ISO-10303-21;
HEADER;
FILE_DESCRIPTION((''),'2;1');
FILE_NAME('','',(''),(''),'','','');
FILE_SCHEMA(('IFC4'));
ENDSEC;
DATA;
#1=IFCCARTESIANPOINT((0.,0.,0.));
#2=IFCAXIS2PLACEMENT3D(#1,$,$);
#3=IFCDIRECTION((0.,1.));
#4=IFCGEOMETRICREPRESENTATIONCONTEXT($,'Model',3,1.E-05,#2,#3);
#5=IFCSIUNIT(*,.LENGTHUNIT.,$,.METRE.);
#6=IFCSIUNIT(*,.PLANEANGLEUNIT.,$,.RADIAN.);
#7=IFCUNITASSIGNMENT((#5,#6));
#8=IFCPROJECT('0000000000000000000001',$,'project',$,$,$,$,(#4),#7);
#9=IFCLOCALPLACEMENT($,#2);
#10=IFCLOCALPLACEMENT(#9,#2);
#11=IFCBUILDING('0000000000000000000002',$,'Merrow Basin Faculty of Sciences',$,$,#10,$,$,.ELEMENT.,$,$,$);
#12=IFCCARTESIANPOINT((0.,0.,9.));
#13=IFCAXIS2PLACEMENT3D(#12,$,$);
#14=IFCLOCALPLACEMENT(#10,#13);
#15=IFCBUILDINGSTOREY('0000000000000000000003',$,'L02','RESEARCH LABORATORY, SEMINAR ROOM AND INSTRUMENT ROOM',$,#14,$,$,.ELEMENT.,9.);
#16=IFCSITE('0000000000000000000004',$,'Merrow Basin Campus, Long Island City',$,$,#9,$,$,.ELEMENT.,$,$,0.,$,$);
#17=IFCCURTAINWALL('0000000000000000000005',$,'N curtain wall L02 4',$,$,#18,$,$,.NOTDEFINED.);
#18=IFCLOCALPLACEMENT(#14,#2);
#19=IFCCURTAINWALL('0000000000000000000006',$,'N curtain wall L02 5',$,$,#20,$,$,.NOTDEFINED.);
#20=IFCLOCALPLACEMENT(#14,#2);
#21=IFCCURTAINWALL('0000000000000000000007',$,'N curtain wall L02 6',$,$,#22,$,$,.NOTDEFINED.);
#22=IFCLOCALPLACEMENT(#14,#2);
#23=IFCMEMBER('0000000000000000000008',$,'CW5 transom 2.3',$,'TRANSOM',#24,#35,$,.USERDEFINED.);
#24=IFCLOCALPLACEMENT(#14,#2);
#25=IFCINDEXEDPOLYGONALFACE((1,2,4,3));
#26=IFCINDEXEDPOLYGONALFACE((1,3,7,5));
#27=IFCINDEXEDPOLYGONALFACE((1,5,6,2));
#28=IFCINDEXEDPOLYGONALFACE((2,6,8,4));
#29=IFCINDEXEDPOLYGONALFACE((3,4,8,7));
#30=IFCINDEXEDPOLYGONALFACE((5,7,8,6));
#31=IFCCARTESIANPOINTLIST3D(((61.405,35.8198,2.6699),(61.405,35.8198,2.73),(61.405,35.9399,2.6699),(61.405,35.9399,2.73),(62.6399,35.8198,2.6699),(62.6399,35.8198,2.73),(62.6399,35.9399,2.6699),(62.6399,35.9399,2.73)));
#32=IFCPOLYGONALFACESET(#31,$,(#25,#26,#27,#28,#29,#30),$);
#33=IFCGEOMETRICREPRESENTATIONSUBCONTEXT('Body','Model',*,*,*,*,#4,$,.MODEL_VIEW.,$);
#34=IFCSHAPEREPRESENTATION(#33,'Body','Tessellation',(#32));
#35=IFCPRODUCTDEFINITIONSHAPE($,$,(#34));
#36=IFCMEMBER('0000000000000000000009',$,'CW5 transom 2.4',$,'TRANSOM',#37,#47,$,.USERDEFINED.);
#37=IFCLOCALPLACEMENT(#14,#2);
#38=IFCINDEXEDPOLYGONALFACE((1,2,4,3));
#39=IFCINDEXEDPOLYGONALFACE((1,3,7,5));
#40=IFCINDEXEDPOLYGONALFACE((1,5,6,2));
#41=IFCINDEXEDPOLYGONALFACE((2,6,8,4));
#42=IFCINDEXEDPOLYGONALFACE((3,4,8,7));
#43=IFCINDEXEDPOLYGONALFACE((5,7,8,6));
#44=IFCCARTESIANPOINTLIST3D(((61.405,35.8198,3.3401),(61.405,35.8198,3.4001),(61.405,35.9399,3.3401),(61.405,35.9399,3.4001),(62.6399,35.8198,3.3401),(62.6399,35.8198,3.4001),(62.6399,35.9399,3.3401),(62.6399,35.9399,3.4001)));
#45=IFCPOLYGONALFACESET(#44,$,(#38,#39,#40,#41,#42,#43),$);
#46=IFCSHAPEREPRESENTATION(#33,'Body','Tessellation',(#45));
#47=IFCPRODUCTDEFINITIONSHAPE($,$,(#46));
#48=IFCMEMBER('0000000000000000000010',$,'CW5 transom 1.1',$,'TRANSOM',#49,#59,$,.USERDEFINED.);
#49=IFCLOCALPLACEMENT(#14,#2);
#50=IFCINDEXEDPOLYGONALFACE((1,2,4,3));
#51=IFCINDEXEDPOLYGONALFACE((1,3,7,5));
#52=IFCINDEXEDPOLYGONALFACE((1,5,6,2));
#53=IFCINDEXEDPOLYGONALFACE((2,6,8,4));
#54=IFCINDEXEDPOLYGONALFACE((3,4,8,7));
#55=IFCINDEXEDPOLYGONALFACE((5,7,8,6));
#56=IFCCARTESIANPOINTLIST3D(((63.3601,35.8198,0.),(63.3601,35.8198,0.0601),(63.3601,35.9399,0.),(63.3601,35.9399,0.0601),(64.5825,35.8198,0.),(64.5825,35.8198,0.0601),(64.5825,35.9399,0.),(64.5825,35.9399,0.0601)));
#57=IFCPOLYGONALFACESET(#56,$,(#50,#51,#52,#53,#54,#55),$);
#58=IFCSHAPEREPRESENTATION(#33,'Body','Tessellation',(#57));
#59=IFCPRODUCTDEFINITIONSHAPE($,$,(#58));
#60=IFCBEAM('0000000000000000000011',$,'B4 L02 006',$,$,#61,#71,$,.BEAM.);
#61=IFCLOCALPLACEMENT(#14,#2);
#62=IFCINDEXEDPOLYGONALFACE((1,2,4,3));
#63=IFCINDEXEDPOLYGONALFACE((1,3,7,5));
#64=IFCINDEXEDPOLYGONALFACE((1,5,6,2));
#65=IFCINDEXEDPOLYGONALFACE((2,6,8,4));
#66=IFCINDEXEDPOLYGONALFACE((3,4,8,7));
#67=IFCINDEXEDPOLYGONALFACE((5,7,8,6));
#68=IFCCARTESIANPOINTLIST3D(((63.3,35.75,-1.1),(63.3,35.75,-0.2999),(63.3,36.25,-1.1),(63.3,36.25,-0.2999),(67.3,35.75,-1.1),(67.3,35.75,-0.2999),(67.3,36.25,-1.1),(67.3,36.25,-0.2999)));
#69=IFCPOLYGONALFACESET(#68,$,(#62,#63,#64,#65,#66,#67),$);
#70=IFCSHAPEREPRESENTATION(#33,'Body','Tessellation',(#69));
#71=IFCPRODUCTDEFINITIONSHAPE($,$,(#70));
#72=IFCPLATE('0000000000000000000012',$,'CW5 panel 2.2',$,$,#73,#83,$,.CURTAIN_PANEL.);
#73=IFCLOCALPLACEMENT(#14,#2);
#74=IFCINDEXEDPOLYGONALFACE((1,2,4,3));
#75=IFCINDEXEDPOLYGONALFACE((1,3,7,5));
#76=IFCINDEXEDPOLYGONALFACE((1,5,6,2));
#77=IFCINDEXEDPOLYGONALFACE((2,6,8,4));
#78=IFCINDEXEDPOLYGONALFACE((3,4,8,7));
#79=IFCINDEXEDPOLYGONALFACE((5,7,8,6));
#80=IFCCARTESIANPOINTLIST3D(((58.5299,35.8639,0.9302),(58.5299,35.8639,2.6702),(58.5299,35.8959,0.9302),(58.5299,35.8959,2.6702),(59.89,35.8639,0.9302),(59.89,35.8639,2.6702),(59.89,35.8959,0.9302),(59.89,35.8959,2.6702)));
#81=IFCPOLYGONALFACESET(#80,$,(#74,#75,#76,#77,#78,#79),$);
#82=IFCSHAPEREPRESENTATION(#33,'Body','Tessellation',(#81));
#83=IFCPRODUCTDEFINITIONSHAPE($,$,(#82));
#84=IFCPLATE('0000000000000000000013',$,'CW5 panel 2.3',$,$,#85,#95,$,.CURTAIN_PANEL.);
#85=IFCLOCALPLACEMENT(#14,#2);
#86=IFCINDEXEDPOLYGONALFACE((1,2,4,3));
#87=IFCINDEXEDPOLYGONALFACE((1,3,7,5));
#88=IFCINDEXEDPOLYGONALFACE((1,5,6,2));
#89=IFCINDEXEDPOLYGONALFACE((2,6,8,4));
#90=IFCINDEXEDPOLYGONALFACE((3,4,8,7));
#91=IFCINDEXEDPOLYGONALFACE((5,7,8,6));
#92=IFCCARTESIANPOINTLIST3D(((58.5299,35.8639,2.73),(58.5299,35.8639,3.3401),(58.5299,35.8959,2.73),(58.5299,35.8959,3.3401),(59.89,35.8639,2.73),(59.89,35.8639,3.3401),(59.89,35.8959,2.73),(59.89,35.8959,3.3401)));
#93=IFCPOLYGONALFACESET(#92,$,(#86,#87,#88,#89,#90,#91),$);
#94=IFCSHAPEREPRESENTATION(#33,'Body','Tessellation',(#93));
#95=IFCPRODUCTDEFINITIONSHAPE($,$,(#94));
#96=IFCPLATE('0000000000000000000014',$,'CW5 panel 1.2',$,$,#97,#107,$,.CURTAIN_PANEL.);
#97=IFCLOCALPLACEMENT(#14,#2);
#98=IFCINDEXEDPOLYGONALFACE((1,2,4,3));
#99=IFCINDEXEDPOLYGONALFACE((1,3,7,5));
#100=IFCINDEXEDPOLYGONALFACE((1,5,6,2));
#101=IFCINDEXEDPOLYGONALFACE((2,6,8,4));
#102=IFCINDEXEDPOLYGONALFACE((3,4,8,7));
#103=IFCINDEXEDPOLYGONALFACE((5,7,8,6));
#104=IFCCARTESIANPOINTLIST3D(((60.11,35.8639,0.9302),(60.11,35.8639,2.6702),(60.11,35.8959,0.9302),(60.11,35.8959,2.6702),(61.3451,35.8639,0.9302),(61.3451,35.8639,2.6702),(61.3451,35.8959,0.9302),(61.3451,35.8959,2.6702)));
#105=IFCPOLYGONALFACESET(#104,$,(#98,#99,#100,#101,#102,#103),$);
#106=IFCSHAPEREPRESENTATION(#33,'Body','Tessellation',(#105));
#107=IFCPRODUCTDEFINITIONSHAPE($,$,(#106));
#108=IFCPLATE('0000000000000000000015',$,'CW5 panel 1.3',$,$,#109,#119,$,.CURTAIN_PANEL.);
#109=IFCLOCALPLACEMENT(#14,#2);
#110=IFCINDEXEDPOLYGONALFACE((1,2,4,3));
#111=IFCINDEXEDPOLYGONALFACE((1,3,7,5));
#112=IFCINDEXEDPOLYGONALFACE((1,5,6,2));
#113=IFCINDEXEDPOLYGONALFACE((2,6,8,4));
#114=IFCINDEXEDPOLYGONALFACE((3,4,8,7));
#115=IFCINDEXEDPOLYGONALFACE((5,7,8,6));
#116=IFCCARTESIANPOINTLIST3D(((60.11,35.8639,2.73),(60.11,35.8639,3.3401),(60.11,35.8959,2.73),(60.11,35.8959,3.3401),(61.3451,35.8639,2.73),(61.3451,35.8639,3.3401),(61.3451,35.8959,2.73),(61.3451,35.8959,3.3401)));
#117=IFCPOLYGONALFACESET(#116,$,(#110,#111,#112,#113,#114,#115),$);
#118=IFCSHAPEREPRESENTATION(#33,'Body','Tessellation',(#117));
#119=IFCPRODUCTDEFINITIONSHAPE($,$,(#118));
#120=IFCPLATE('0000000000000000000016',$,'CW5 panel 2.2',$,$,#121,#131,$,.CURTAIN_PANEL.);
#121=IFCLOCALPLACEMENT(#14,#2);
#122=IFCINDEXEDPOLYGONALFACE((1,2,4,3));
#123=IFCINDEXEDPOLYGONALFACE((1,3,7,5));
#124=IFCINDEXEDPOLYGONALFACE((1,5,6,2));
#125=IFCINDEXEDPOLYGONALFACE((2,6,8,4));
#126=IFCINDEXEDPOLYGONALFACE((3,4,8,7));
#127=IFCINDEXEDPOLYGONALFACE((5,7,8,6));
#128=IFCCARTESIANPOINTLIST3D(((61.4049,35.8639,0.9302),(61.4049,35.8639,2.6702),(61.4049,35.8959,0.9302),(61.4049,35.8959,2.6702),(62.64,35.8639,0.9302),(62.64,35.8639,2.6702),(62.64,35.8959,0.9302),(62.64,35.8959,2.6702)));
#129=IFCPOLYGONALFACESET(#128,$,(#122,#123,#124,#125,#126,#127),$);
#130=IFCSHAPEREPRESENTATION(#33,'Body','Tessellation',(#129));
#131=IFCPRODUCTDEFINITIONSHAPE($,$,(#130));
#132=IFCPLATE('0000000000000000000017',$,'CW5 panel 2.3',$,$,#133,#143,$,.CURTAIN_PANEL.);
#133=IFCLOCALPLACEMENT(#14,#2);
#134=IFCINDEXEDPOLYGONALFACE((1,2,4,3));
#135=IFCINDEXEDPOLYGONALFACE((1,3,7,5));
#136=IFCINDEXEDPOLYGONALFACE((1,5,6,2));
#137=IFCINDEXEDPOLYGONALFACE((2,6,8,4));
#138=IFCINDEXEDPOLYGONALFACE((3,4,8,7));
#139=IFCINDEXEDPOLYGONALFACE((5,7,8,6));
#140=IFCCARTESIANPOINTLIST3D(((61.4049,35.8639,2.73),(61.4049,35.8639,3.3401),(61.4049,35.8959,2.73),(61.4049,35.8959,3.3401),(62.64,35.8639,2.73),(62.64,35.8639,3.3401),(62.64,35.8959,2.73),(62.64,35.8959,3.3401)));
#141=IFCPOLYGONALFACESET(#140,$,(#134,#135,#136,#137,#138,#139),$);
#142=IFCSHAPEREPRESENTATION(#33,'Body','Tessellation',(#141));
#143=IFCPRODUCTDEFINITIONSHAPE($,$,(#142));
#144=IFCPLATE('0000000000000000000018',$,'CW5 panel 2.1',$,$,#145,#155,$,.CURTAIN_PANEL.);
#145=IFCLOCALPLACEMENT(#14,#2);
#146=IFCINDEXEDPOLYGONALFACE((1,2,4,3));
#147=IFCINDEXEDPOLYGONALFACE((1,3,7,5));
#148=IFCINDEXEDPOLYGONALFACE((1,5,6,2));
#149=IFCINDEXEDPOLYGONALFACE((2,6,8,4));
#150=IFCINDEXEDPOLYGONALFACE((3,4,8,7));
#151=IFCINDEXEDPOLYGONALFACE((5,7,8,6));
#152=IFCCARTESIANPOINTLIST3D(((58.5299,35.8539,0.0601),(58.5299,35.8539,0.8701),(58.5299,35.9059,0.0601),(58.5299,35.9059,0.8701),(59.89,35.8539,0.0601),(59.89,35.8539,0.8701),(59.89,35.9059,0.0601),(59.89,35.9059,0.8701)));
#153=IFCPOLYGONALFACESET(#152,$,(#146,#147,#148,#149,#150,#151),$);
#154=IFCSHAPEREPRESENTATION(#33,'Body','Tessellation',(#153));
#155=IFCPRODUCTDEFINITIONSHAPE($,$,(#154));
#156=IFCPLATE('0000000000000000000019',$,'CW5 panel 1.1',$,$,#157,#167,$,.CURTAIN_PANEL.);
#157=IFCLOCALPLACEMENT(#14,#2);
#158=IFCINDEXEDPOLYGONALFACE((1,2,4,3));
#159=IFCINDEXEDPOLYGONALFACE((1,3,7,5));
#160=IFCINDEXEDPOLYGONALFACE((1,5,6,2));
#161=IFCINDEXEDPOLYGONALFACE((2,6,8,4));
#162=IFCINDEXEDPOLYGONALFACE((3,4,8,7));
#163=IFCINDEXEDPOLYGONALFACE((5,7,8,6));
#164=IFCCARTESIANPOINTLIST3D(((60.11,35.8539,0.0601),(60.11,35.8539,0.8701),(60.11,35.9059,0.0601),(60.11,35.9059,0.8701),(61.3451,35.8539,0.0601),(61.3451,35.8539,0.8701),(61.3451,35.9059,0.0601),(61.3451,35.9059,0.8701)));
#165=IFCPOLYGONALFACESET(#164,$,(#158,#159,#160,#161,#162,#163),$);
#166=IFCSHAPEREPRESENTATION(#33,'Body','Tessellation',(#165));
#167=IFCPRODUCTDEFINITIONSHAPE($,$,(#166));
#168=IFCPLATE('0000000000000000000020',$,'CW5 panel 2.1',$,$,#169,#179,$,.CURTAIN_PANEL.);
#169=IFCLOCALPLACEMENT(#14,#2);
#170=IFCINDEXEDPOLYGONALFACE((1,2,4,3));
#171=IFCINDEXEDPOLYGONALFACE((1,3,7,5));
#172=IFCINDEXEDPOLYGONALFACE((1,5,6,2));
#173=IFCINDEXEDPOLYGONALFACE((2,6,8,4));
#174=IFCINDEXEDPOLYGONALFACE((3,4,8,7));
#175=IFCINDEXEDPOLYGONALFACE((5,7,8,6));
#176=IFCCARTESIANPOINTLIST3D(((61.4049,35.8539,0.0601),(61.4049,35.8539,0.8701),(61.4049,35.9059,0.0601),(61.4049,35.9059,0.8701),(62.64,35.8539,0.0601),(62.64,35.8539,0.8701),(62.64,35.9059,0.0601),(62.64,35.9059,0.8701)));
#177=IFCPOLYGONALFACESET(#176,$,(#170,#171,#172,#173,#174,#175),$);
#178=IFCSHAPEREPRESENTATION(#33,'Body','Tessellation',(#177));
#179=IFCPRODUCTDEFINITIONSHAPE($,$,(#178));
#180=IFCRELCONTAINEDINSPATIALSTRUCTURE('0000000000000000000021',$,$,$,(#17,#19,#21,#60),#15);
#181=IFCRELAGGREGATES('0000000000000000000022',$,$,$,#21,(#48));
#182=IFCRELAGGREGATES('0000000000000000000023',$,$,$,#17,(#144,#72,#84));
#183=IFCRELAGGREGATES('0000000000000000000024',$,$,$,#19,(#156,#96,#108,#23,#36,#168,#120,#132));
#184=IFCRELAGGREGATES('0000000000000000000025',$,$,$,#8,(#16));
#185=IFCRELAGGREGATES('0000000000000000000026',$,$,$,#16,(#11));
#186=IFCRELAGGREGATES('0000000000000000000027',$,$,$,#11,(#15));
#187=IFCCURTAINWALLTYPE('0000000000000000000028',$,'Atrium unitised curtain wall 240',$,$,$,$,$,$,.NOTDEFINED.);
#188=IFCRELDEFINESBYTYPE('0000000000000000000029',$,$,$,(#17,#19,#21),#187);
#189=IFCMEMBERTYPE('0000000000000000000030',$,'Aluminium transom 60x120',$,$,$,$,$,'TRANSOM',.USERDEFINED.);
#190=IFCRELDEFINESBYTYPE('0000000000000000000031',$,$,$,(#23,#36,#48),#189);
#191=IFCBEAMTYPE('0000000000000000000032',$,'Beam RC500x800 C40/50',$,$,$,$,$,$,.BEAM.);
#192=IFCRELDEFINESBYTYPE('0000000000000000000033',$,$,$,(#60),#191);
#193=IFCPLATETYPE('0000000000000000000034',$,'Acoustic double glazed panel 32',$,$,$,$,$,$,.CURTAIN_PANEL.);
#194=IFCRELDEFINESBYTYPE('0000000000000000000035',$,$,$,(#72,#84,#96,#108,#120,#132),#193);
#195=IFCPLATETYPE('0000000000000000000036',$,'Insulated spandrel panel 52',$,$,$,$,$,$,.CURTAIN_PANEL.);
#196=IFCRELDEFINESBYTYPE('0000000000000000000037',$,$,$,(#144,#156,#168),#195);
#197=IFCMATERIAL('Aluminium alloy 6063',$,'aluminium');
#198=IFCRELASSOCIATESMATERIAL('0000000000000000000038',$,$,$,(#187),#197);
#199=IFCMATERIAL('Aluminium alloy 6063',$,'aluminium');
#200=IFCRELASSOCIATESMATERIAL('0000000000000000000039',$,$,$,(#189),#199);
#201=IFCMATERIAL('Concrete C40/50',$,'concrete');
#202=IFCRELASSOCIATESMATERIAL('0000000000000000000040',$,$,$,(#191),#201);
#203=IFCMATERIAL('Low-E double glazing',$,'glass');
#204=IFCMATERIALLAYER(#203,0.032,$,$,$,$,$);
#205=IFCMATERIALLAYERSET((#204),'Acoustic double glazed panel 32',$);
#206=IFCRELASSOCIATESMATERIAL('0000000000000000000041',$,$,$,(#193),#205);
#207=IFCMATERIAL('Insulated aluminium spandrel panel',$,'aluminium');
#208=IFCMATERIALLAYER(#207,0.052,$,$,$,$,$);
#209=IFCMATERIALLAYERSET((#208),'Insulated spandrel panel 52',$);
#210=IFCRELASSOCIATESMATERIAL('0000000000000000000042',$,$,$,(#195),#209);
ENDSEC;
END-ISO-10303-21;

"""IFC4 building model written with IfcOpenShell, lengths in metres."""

from ifc_helpers import new_model, si_unit, direction, frame, origin, origin_2d, place, context, subcontext, project, spatial, rectangle, extrude, material, layer, layer_set, material_profile, profile_set, type_object, element, aggregate, save


model = new_model("IFC4")

# Units and contexts
model_context = context("Model", 3, precision=1e-05, world=origin(), true_north=direction((0.0, 1.0)))
body_context = subcontext(model_context, "Body", "Model", "MODEL_VIEW")
ifc_project = project(units=[si_unit("LENGTHUNIT", "METRE"), si_unit("PLANEANGLEUNIT", "RADIAN")], contexts=[model_context])

# Site, building, storey
site_placement = place(None, origin())
site = spatial("IfcSite", under=ifc_project, at=site_placement, Name="Merrow Basin Campus, Long Island City", CompositionType="ELEMENT", RefElevation=0.0)
building_placement = place(site_placement, origin())
building = spatial("IfcBuilding", under=site, at=building_placement, Name="Merrow Basin Faculty of Sciences", CompositionType="ELEMENT")
storey_placement = place(building_placement, frame((0.0, 0.0, 9.0)))
storey = spatial("IfcBuildingStorey", under=building, at=storey_placement, Name="L02", Description="RESEARCH LABORATORY, SEMINAR ROOM AND INSTRUMENT ROOM", CompositionType="ELEMENT", Elevation=9.0)

# Curtain wall
ifc_material_1 = material(Name="Aluminium alloy 6063", Category="aluminium")
curtain_wall_type = type_object("IfcCurtainWallType", Name="Atrium unitised curtain wall 240", PredefinedType="NOTDEFINED", material=ifc_material_1)
curtain_wall_1_placement = place(storey_placement, origin())
curtain_wall_1 = element("IfcCurtainWall", 1, at=curtain_wall_1_placement, inside=storey, type_object=curtain_wall_type, Name="N curtain wall L02 4", PredefinedType="NOTDEFINED")

# Curtain wall
curtain_wall_2_placement = place(storey_placement, origin())
curtain_wall_2 = element("IfcCurtainWall", 2, at=curtain_wall_2_placement, inside=storey, type_object=curtain_wall_type, Name="N curtain wall L02 5", PredefinedType="NOTDEFINED")

# Curtain wall
curtain_wall_3_placement = place(storey_placement, origin())
curtain_wall_3 = element("IfcCurtainWall", 3, at=curtain_wall_3_placement, inside=storey, type_object=curtain_wall_type, Name="N curtain wall L02 6", PredefinedType="NOTDEFINED")

# Members
ifc_material_2 = material(Name="Aluminium alloy 6063", Category="aluminium")
ifc_material_profile_1 = material_profile(ifc_material_2, rectangle(XDim=0.1201, YDim=0.0601, at=origin_2d()))
ifc_profile_set_1 = profile_set([ifc_material_profile_1], Name="Aluminium alloy 6063")
member_type_1 = type_object("IfcMemberType", Name="Aluminium transom 60x120", ElementType="TRANSOM", PredefinedType="USERDEFINED", material=ifc_profile_set_1)
member_1_placement = place(storey_placement, frame((61.405, 35.8799, 2.7), z_axis=(1.0, 0.0, 0.0), x_axis=(0.0, 1.0, 0.0)))
member_1 = element("IfcMember", 4, at=member_1_placement, type_object=member_type_1, Name="CW5 transom 2.3", ObjectType="TRANSOM", PredefinedType="USERDEFINED", context=body_context, shape_type="SweptSolid", body=[
    extrude(rectangle(XDim=0.1201, YDim=0.0601, at=origin_2d()), origin(), (0.0, 0.0, 1.0), 1.2349),
])
member_2_placement = place(storey_placement, frame((61.405, 35.8799, 3.3701), z_axis=(1.0, 0.0, 0.0), x_axis=(0.0, 1.0, 0.0)))
member_2 = element("IfcMember", 5, at=member_2_placement, type_object=member_type_1, Name="CW5 transom 2.4", ObjectType="TRANSOM", PredefinedType="USERDEFINED", context=body_context, shape_type="SweptSolid", body=[
    extrude(rectangle(XDim=0.1201, YDim=0.0601, at=origin_2d()), origin(), (0.0, 0.0, 1.0), 1.2349),
])
member_3_placement = place(storey_placement, frame((63.3601, 35.8799, 0.03), z_axis=(1.0, 0.0, 0.0), x_axis=(0.0, 1.0, 0.0)))
member_3 = element("IfcMember", 6, at=member_3_placement, type_object=member_type_1, Name="CW5 transom 1.1", ObjectType="TRANSOM", PredefinedType="USERDEFINED", context=body_context, shape_type="SweptSolid", body=[
    extrude(rectangle(XDim=0.1201, YDim=0.0601, at=origin_2d()), origin(), (0.0, 0.0, 1.0), 1.2224),
])
aggregate(curtain_wall_3, [member_3])

# Beam
ifc_material_3 = material(Name="Concrete C40/50", Category="concrete")
ifc_material_profile_2 = material_profile(ifc_material_3, rectangle(XDim=0.5, YDim=0.8, at=origin_2d()))
ifc_profile_set_2 = profile_set([ifc_material_profile_2], Name="Concrete C40/50")
beam_type = type_object("IfcBeamType", Name="Beam RC500x800 C40/50", PredefinedType="BEAM", material=ifc_profile_set_2)
beam_placement = place(storey_placement, frame((63.3, 36.0, -0.7), z_axis=(1.0, 0.0, 0.0), x_axis=(0.0, 1.0, 0.0)))
element("IfcBeam", 7, at=beam_placement, inside=storey, type_object=beam_type, Name="B4 L02 006", PredefinedType="BEAM", context=body_context, shape_type="SweptSolid", body=[
    extrude(rectangle(XDim=0.5, YDim=0.8, at=origin_2d()), origin(), (0.0, 0.0, 1.0), 4.0),
])

# Plates
ifc_material_4 = material(Name="Low-E double glazing", Category="glass")
ifc_layer_1 = layer(ifc_material_4, 0.032)
ifc_layer_set_1 = layer_set([ifc_layer_1], Name="Acoustic double glazed panel 32")
plate_type_1 = type_object("IfcPlateType", Name="Acoustic double glazed panel 32", PredefinedType="CURTAIN_PANEL", material=ifc_layer_set_1)
plate_1_placement = place(storey_placement, frame((59.21, 35.8799, 0.9302), z_axis=(0.0, 0.0, 1.0), x_axis=(1.0, 0.0, 0.0)))
plate_1 = element("IfcPlate", 8, at=plate_1_placement, type_object=plate_type_1, Name="CW5 panel 2.2", PredefinedType="CURTAIN_PANEL", context=body_context, shape_type="SweptSolid", body=[
    extrude(rectangle(XDim=1.3601, YDim=0.032, at=origin_2d()), origin(), (0.0, 0.0, 1.0), 1.74),
])
plate_2_placement = place(storey_placement, frame((59.21, 35.8799, 2.73), z_axis=(0.0, 0.0, 1.0), x_axis=(1.0, 0.0, 0.0)))
plate_2 = element("IfcPlate", 9, at=plate_2_placement, type_object=plate_type_1, Name="CW5 panel 2.3", PredefinedType="CURTAIN_PANEL", context=body_context, shape_type="SweptSolid", body=[
    extrude(rectangle(XDim=1.3601, YDim=0.032, at=origin_2d()), origin(), (0.0, 0.0, 1.0), 0.6101),
])
plate_3_placement = place(storey_placement, frame((60.7275, 35.8799, 0.9302), z_axis=(0.0, 0.0, 1.0), x_axis=(1.0, 0.0, 0.0)))
plate_3 = element("IfcPlate", 10, at=plate_3_placement, type_object=plate_type_1, Name="CW5 panel 1.2", PredefinedType="CURTAIN_PANEL", context=body_context, shape_type="SweptSolid", body=[
    extrude(rectangle(XDim=1.2351, YDim=0.032, at=origin_2d()), origin(), (0.0, 0.0, 1.0), 1.74),
])
plate_4_placement = place(storey_placement, frame((60.7275, 35.8799, 2.73), z_axis=(0.0, 0.0, 1.0), x_axis=(1.0, 0.0, 0.0)))
plate_4 = element("IfcPlate", 11, at=plate_4_placement, type_object=plate_type_1, Name="CW5 panel 1.3", PredefinedType="CURTAIN_PANEL", context=body_context, shape_type="SweptSolid", body=[
    extrude(rectangle(XDim=1.2351, YDim=0.032, at=origin_2d()), origin(), (0.0, 0.0, 1.0), 0.6101),
])
plate_5_placement = place(storey_placement, frame((62.0225, 35.8799, 0.9302), z_axis=(0.0, 0.0, 1.0), x_axis=(1.0, 0.0, 0.0)))
plate_5 = element("IfcPlate", 12, at=plate_5_placement, type_object=plate_type_1, Name="CW5 panel 2.2", PredefinedType="CURTAIN_PANEL", context=body_context, shape_type="SweptSolid", body=[
    extrude(rectangle(XDim=1.2351, YDim=0.032, at=origin_2d()), origin(), (0.0, 0.0, 1.0), 1.74),
])
plate_6_placement = place(storey_placement, frame((62.0225, 35.8799, 2.73), z_axis=(0.0, 0.0, 1.0), x_axis=(1.0, 0.0, 0.0)))
plate_6 = element("IfcPlate", 13, at=plate_6_placement, type_object=plate_type_1, Name="CW5 panel 2.3", PredefinedType="CURTAIN_PANEL", context=body_context, shape_type="SweptSolid", body=[
    extrude(rectangle(XDim=1.2351, YDim=0.032, at=origin_2d()), origin(), (0.0, 0.0, 1.0), 0.6101),
])
ifc_material_5 = material(Name="Insulated aluminium spandrel panel", Category="aluminium")
ifc_layer_2 = layer(ifc_material_5, 0.052)
ifc_layer_set_2 = layer_set([ifc_layer_2], Name="Insulated spandrel panel 52")
plate_type_2 = type_object("IfcPlateType", Name="Insulated spandrel panel 52", PredefinedType="CURTAIN_PANEL", material=ifc_layer_set_2)
plate_7_placement = place(storey_placement, frame((59.21, 35.8799, 0.0601), z_axis=(0.0, 0.0, 1.0), x_axis=(1.0, 0.0, 0.0)))
plate_7 = element("IfcPlate", 14, at=plate_7_placement, type_object=plate_type_2, Name="CW5 panel 2.1", PredefinedType="CURTAIN_PANEL", context=body_context, shape_type="SweptSolid", body=[
    extrude(rectangle(XDim=1.3601, YDim=0.052, at=origin_2d()), origin(), (0.0, 0.0, 1.0), 0.8101),
])
aggregate(curtain_wall_1, [plate_7, plate_1, plate_2])
plate_8_placement = place(storey_placement, frame((60.7275, 35.8799, 0.0601), z_axis=(0.0, 0.0, 1.0), x_axis=(1.0, 0.0, 0.0)))
plate_8 = element("IfcPlate", 15, at=plate_8_placement, type_object=plate_type_2, Name="CW5 panel 1.1", PredefinedType="CURTAIN_PANEL", context=body_context, shape_type="SweptSolid", body=[
    extrude(rectangle(XDim=1.2351, YDim=0.052, at=origin_2d()), origin(), (0.0, 0.0, 1.0), 0.8101),
])
plate_9_placement = place(storey_placement, frame((62.0225, 35.8799, 0.0601), z_axis=(0.0, 0.0, 1.0), x_axis=(1.0, 0.0, 0.0)))
plate_9 = element("IfcPlate", 16, at=plate_9_placement, type_object=plate_type_2, Name="CW5 panel 2.1", PredefinedType="CURTAIN_PANEL", context=body_context, shape_type="SweptSolid", body=[
    extrude(rectangle(XDim=1.2351, YDim=0.052, at=origin_2d()), origin(), (0.0, 0.0, 1.0), 0.8101),
])
aggregate(curtain_wall_2, [plate_8, plate_3, plate_4, member_1, member_2, plate_9, plate_5, plate_6])

save(model, "model.ifc")
